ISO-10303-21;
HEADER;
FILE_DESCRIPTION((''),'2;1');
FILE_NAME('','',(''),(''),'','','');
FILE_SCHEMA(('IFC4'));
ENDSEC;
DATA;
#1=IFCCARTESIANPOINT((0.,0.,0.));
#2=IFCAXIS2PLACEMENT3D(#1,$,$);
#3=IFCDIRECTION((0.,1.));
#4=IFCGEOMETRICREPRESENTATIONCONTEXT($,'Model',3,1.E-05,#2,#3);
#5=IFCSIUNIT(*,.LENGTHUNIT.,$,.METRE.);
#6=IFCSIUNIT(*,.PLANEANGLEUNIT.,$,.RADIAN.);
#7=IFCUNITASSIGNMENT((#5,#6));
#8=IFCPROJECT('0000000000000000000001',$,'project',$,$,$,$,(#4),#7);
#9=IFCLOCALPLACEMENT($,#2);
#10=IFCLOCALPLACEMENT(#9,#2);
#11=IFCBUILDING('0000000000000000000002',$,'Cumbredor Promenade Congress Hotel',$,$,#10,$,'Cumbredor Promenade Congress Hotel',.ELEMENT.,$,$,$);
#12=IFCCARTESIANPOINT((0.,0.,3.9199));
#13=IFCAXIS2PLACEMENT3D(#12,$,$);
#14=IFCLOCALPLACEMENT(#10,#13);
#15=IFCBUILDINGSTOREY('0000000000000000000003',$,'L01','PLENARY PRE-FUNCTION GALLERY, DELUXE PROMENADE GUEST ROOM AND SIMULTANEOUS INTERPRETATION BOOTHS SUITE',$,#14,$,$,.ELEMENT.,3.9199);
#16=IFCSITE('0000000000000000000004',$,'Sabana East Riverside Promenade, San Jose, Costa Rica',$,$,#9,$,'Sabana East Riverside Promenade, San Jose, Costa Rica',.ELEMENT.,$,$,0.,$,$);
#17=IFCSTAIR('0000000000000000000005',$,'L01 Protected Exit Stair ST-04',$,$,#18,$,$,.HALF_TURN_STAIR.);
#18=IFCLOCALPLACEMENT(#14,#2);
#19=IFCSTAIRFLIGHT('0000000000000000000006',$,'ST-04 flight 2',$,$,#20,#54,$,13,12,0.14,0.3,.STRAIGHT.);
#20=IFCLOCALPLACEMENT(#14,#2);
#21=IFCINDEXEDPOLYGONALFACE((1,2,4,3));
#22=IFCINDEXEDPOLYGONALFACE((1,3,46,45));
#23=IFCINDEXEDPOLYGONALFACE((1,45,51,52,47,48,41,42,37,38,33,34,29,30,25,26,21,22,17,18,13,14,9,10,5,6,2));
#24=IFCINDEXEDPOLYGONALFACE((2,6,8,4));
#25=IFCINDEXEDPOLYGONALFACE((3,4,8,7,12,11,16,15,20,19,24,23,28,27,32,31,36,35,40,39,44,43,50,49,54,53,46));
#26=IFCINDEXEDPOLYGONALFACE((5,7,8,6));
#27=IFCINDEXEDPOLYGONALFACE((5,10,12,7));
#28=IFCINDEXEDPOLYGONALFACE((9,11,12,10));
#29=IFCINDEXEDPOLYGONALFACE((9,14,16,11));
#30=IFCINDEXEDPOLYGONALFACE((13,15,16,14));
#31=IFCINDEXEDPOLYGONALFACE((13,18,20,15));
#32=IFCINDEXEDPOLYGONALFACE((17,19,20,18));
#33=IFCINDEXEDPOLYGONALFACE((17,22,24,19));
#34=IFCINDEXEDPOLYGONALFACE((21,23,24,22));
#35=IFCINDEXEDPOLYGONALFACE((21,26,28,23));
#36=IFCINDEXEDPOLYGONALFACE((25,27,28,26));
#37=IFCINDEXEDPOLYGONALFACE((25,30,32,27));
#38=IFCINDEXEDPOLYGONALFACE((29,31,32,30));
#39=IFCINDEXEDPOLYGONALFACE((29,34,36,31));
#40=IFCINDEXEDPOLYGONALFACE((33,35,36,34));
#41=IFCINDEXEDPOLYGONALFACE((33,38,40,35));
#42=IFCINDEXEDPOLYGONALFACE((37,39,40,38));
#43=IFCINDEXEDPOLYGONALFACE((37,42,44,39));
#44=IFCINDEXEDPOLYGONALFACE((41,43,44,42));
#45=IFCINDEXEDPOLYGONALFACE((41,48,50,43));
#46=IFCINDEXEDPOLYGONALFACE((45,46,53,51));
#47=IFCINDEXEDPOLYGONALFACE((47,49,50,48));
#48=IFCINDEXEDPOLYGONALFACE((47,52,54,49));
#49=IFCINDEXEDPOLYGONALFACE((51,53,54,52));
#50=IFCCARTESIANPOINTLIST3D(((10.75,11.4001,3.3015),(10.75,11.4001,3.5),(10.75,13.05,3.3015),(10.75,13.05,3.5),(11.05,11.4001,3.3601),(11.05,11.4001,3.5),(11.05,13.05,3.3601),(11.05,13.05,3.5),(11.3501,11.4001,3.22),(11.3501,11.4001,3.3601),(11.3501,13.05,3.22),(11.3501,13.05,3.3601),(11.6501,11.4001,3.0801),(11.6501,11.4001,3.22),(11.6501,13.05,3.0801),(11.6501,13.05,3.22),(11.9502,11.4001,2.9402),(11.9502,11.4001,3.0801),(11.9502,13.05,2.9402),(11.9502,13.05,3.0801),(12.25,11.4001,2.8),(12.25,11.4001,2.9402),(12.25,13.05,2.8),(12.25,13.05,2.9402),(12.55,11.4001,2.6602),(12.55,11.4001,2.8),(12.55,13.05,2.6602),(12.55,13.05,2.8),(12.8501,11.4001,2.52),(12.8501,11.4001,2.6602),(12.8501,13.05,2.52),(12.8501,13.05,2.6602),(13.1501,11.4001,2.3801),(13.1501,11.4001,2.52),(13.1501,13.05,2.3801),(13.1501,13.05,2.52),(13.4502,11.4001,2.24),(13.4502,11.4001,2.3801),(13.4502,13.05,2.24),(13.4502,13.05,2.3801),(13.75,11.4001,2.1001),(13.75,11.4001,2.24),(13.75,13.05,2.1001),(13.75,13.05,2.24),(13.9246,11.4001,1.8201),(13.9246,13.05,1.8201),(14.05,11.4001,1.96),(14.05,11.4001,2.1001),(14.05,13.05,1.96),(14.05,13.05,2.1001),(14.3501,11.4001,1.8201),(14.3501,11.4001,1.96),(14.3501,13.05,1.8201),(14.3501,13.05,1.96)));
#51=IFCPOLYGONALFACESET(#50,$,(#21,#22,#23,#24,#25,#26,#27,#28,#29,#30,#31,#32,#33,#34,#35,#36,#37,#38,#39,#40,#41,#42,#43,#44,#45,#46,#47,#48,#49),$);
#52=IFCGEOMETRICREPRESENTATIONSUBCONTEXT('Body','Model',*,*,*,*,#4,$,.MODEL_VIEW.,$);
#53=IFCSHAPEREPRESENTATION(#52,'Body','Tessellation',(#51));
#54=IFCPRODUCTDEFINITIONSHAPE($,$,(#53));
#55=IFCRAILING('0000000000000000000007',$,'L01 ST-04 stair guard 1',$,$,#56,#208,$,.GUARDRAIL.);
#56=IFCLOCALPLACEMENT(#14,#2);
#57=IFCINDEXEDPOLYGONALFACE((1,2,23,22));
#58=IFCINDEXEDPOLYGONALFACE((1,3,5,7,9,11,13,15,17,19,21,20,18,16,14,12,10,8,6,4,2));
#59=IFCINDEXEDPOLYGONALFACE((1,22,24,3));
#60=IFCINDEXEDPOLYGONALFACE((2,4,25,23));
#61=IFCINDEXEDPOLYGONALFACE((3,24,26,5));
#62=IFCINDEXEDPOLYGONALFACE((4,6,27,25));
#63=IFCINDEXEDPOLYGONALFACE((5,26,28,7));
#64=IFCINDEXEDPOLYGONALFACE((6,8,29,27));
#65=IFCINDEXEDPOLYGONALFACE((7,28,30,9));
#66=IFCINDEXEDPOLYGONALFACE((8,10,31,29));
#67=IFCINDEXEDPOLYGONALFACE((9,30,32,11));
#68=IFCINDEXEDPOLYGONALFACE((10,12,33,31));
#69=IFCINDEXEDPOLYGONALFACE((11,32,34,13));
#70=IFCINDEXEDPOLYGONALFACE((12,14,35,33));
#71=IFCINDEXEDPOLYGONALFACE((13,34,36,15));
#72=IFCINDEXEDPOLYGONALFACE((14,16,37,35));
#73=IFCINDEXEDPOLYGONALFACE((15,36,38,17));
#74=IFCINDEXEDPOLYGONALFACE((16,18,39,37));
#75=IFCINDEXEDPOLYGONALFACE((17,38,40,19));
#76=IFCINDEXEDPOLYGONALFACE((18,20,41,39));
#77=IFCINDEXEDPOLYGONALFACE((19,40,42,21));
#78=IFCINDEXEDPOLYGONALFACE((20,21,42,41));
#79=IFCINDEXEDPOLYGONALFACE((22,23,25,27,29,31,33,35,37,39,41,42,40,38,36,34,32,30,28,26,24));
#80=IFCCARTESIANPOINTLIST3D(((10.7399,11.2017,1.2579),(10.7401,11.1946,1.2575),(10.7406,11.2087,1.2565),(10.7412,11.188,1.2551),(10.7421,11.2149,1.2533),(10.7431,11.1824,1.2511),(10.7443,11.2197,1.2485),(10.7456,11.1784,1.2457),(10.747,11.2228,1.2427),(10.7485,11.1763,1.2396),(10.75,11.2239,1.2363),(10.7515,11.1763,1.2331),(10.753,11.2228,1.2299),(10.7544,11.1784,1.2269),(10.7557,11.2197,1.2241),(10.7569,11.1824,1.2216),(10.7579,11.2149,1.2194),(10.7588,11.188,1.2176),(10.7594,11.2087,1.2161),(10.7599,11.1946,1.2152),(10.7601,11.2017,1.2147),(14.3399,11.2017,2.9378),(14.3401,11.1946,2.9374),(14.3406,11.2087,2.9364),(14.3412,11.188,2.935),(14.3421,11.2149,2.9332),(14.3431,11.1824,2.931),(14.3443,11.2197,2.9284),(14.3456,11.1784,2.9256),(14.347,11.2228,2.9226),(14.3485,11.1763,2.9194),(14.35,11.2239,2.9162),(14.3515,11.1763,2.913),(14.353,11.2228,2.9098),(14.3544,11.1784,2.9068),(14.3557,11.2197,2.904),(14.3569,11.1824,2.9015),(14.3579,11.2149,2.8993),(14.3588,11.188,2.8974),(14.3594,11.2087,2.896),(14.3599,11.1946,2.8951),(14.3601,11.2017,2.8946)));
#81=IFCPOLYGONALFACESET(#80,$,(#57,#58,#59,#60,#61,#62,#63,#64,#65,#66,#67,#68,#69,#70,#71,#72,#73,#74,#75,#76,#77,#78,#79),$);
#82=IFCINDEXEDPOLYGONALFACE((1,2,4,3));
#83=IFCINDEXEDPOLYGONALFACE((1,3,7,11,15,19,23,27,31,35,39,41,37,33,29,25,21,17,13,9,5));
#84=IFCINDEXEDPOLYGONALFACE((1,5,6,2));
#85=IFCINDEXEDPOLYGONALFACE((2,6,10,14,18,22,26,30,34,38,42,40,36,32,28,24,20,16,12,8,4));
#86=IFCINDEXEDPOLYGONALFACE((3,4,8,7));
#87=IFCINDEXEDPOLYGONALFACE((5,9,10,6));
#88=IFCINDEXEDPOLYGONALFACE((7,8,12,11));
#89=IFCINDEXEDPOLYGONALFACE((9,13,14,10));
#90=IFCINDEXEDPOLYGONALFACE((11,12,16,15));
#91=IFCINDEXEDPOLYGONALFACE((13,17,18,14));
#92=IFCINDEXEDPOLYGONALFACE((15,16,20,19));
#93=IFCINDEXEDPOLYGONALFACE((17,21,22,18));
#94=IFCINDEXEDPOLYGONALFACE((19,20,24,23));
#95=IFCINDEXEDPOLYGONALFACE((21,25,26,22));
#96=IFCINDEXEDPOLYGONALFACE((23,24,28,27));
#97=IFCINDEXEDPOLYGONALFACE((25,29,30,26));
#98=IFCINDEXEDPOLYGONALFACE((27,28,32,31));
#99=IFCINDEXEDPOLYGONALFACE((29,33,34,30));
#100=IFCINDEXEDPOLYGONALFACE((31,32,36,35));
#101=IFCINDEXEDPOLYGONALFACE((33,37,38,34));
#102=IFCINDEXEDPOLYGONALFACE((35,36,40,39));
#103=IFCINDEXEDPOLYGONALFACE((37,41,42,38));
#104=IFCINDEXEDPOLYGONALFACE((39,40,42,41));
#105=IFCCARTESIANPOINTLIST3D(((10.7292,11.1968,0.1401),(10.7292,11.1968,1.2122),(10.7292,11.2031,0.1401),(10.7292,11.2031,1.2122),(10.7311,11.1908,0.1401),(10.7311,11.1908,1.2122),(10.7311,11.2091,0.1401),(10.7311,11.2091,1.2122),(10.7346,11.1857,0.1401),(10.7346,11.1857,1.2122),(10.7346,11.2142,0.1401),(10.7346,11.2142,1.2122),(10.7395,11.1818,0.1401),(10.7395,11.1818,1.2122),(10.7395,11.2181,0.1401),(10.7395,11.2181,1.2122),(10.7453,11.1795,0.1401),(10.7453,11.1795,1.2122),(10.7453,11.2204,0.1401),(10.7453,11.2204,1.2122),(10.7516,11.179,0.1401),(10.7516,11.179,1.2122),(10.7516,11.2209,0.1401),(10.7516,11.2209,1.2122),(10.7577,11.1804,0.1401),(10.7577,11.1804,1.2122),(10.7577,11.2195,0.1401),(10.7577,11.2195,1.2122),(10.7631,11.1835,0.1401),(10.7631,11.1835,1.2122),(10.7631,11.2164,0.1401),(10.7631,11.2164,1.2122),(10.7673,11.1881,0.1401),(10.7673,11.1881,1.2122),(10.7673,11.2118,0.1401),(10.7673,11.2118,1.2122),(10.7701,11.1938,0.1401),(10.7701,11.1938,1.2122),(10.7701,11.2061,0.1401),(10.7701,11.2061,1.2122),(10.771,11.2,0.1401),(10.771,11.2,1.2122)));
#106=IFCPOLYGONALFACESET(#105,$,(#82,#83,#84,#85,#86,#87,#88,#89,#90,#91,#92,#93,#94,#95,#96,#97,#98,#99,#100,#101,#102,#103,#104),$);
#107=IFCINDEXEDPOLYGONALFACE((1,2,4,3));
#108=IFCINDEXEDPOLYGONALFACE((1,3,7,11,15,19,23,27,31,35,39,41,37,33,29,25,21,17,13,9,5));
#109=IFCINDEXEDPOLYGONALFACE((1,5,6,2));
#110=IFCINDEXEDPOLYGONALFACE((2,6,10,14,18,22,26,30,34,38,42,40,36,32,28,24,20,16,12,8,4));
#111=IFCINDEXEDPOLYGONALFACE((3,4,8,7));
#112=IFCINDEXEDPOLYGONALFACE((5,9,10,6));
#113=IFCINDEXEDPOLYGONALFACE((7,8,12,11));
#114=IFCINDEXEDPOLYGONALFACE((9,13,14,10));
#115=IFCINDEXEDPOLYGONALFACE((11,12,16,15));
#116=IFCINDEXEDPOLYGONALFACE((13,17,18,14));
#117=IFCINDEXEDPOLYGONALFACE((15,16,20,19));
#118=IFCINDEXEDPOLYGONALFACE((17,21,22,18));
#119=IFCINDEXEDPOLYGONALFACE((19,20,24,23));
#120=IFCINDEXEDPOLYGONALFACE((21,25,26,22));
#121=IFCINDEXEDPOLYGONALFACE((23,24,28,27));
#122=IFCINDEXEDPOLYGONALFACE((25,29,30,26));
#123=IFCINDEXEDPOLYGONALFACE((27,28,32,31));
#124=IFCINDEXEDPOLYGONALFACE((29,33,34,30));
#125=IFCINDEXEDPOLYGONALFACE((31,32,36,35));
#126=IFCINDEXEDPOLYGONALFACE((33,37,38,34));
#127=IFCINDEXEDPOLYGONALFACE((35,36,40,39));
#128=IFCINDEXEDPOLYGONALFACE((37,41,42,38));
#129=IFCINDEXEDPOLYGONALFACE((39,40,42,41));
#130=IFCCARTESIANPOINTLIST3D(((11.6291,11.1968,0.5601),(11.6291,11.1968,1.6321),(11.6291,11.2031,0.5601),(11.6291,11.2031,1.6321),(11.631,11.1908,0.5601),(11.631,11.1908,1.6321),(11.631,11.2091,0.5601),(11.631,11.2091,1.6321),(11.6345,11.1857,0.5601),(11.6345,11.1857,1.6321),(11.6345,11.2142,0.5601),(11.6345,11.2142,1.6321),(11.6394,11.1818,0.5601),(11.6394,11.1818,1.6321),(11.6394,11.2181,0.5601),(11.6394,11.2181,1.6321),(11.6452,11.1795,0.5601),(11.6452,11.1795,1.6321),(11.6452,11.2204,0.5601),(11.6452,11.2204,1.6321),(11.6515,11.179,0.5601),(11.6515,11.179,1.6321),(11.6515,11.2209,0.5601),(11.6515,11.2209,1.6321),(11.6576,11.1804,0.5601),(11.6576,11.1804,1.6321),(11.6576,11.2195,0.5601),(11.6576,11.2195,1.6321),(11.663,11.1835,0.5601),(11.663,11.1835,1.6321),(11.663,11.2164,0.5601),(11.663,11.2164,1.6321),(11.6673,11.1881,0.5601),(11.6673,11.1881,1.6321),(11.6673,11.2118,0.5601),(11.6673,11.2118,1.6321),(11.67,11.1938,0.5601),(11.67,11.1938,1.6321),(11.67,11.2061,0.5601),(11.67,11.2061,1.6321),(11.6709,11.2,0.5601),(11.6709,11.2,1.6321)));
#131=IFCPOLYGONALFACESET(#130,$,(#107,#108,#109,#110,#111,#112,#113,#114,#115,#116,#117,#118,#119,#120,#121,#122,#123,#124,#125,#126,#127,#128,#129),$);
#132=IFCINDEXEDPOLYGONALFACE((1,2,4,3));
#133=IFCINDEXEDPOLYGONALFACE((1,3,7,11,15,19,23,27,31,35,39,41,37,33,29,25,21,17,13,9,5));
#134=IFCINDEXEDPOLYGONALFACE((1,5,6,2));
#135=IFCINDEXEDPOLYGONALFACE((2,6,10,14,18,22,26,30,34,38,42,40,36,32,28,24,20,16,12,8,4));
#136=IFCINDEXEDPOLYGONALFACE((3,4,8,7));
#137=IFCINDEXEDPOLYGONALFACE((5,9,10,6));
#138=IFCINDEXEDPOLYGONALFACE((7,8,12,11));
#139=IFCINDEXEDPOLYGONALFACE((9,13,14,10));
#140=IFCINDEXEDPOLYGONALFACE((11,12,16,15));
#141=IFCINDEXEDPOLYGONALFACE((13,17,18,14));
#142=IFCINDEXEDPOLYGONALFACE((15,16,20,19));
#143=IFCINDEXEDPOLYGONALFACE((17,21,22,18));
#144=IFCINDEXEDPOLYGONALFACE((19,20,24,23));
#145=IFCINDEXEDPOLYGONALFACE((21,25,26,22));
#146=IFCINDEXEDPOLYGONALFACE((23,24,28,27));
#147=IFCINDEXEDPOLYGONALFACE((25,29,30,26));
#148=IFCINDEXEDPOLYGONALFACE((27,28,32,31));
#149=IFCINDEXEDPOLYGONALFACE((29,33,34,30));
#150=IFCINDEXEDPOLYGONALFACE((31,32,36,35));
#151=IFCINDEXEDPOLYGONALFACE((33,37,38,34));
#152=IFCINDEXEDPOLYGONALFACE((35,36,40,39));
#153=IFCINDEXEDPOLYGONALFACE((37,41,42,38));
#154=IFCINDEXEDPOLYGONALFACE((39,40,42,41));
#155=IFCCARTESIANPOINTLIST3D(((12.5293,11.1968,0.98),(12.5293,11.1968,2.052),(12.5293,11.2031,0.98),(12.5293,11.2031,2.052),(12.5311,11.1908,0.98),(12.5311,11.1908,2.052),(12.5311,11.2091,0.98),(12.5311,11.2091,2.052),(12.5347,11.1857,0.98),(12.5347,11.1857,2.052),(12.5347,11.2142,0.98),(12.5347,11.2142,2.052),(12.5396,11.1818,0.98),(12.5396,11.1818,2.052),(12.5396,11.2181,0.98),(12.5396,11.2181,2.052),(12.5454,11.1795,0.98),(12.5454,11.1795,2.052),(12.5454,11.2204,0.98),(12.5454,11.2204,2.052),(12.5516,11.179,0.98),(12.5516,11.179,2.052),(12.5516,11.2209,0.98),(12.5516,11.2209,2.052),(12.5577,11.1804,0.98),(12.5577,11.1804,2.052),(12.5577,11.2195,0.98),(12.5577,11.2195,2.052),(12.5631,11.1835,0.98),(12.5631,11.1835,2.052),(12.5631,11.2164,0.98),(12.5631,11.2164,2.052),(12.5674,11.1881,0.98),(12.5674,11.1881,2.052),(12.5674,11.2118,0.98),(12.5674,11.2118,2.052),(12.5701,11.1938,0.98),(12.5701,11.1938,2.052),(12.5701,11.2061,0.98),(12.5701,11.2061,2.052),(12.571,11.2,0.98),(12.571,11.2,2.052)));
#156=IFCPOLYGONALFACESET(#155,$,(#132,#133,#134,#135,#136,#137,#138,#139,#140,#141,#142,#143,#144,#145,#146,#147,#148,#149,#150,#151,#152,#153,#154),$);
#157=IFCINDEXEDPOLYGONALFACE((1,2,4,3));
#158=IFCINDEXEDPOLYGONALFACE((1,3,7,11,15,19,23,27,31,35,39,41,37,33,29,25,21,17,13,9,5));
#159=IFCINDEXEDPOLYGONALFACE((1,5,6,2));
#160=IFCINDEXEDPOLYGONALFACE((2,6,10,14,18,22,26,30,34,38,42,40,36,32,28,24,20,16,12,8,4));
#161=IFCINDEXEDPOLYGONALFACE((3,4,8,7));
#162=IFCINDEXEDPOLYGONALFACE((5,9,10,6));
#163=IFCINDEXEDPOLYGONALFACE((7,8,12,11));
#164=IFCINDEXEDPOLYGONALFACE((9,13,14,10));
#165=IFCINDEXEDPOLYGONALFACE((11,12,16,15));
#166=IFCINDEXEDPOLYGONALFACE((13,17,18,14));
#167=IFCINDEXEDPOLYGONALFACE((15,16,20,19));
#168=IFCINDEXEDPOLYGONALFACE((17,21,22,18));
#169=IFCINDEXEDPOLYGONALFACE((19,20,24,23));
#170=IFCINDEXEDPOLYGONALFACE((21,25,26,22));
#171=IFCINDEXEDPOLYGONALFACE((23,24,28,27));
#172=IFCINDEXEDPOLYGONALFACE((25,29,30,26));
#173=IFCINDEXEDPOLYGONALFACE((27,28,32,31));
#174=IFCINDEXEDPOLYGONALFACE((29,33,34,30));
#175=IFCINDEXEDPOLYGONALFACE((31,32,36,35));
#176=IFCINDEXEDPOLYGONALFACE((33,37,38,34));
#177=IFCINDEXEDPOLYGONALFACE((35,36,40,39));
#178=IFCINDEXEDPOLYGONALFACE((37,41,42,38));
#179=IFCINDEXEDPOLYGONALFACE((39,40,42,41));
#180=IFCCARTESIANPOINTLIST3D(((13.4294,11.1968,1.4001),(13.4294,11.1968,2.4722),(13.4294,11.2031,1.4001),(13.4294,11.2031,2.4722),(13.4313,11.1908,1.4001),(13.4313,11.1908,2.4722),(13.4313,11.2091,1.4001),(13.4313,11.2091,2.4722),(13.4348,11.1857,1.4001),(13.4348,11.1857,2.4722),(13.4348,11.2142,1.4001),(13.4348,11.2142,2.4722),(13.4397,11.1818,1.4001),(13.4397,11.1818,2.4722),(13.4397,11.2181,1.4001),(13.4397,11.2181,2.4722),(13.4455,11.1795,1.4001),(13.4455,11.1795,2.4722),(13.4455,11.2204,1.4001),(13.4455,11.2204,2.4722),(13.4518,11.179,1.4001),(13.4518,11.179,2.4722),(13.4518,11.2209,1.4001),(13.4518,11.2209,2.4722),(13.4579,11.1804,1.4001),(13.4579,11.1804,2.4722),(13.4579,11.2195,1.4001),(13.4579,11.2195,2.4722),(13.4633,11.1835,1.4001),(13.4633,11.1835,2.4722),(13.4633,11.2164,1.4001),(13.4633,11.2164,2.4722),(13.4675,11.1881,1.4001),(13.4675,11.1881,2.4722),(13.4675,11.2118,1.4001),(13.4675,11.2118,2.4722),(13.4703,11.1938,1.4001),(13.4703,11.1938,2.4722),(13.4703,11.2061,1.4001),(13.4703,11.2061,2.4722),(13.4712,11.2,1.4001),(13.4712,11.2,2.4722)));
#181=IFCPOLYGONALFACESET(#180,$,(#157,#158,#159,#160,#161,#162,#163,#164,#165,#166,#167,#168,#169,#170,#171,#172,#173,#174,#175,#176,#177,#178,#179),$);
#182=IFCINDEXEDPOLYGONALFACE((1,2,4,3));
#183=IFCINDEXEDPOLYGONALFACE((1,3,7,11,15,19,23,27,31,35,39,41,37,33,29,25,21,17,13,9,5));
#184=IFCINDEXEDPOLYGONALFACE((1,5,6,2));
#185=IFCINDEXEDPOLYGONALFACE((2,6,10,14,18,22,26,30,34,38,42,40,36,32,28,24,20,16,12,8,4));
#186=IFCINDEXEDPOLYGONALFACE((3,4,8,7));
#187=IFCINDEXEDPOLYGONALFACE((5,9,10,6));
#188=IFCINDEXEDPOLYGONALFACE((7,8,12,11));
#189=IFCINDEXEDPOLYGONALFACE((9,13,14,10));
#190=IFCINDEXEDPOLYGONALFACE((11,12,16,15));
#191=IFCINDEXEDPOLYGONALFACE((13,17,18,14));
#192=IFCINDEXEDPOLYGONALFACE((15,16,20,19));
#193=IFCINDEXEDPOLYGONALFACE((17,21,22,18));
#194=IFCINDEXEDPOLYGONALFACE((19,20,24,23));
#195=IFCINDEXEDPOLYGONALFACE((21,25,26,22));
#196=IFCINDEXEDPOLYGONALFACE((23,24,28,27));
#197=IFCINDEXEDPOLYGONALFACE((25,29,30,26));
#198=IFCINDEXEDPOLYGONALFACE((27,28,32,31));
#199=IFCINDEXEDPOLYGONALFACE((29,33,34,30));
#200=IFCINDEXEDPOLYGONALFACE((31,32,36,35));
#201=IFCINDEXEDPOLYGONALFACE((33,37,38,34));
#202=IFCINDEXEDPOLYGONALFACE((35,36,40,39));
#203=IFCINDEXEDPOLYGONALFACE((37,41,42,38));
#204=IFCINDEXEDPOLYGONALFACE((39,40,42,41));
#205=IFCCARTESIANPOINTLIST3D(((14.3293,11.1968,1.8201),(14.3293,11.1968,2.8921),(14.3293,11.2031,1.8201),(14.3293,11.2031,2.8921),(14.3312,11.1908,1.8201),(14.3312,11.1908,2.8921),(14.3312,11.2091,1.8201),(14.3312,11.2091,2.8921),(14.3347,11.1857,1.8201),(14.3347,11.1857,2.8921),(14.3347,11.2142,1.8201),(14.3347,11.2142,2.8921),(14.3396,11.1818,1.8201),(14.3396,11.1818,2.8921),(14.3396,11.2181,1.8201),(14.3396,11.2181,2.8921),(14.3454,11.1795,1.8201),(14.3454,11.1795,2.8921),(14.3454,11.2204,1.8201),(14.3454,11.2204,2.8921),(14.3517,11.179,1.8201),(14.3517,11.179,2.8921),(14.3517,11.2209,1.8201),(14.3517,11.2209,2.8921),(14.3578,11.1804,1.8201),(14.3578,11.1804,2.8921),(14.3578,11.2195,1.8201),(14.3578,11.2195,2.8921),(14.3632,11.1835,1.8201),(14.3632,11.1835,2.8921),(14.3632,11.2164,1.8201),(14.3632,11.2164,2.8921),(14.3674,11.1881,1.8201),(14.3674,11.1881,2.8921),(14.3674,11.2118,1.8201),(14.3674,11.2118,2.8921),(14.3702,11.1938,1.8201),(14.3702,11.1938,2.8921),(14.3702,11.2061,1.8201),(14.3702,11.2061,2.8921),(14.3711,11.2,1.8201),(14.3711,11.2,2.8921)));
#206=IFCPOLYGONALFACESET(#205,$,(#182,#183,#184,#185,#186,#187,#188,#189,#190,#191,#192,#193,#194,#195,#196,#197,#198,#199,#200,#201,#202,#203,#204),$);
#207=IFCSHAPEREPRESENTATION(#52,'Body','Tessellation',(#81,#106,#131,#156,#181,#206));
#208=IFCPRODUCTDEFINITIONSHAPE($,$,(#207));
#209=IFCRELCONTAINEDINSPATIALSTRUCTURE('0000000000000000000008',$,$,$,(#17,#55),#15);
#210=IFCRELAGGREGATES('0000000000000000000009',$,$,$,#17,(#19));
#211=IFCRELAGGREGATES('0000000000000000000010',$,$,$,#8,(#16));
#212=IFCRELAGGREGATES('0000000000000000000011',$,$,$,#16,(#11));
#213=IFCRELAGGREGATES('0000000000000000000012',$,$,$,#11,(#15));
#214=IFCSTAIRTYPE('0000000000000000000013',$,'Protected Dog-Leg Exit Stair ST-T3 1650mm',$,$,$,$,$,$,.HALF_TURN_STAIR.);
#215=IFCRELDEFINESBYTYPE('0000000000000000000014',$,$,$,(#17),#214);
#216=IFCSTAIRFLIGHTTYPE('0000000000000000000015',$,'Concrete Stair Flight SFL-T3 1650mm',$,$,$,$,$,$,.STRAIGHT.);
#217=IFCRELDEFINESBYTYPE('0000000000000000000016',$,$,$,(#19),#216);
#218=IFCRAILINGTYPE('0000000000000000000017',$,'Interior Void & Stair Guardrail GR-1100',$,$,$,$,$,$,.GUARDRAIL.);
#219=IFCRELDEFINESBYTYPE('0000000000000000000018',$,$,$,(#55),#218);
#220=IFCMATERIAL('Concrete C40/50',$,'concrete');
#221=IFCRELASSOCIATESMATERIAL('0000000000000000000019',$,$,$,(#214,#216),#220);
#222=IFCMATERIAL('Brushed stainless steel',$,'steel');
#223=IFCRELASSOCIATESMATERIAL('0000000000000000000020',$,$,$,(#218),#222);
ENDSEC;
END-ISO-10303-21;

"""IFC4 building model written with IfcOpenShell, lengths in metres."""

from ifc_helpers import new_model, si_unit, direction, frame, origin, origin_2d, place, context, subcontext, project, spatial, polyline, circle, outline, extrude, material, type_object, element, aggregate, save


model = new_model("IFC4")

# Units and contexts
model_context = context("Model", 3, precision=1e-05, world=origin(), true_north=direction((0.0, 1.0)))
body_context = subcontext(model_context, "Body", "Model", "MODEL_VIEW")
ifc_project = project(units=[si_unit("LENGTHUNIT", "METRE"), si_unit("PLANEANGLEUNIT", "RADIAN")], contexts=[model_context])

# Site, building, storey
site_placement = place(None, origin())
site = spatial("IfcSite", under=ifc_project, at=site_placement, Name="Sabana East Riverside Promenade, San Jose, Costa Rica", LongName="Sabana East Riverside Promenade, San Jose, Costa Rica", CompositionType="ELEMENT", RefElevation=0.0)
building_placement = place(site_placement, origin())
building = spatial("IfcBuilding", under=site, at=building_placement, Name="Cumbredor Promenade Congress Hotel", LongName="Cumbredor Promenade Congress Hotel", CompositionType="ELEMENT")
storey_placement = place(building_placement, frame((0.0, 0.0, 3.9199)))
storey = spatial("IfcBuildingStorey", under=building, at=storey_placement, Name="L01", Description="PLENARY PRE-FUNCTION GALLERY, DELUXE PROMENADE GUEST ROOM AND SIMULTANEOUS INTERPRETATION BOOTHS SUITE", CompositionType="ELEMENT", Elevation=3.9199)

# Shared definitions
ifc_material_1 = material(Name="Concrete C40/50", Category="concrete")

# Stair, stair flight
stair_type = type_object("IfcStairType", Name="Protected Dog-Leg Exit Stair ST-T3 1650mm", PredefinedType="HALF_TURN_STAIR", material=ifc_material_1)
stair_placement = place(storey_placement, origin())
stair = element("IfcStair", 1, at=stair_placement, inside=storey, type_object=stair_type, Name="L01 Protected Exit Stair ST-04", PredefinedType="HALF_TURN_STAIR")
stair_flight_type = type_object("IfcStairFlightType", Name="Concrete Stair Flight SFL-T3 1650mm", PredefinedType="STRAIGHT", material=ifc_material_1)
stair_flight_placement = place(storey_placement, frame((14.3501, 12.2251, 1.8201), z_axis=(0.0, 0.0, 1.0), x_axis=(-1.0, 0.0, 0.0)))
stair_flight = element("IfcStairFlight", 2, at=stair_flight_placement, type_object=stair_flight_type, Name="ST-04 flight 2", NumberOfRisers=13, NumberOfTreads=12, PredefinedType="STRAIGHT", RiserHeight=0.14, TreadLength=0.3, context=body_context, shape_type="SweptSolid", body=[
    extrude(outline(polyline([(0.0, 0.0), (0.0, 0.1399), (0.3, 0.1399), (0.3, 0.28), (0.6001, 0.28), (0.6001, 0.4199), (0.8999, 0.4199), (0.8999, 0.5601), (1.2, 0.5601), (1.2, 0.7), (1.5, 0.7), (1.5, 0.8401), (1.8, 0.8401), (1.8, 0.98), (2.1001, 0.98), (2.1001, 1.1201), (2.3999, 1.1201), (2.3999, 1.26), (2.7, 1.26), (2.7, 1.3999), (3.0, 1.3999), (3.0, 1.54), (3.3, 1.54), (3.3, 1.6799), (3.6001, 1.6799), (3.6001, 1.8201), (3.6001, 1.4814), (0.4255, 0.0), (0.0, 0.0)])), frame((0.0, 0.825, 0.0), z_axis=(0.0, -1.0, 0.0), x_axis=(1.0, 0.0, 0.0)), (0.0, 0.0, 1.0), 1.6499),
])
aggregate(stair, [stair_flight])

# Railing
ifc_material_2 = material(Name="Brushed stainless steel", Category="steel")
railing_type = type_object("IfcRailingType", Name="Interior Void & Stair Guardrail GR-1100", PredefinedType="GUARDRAIL", material=ifc_material_2)
railing_1_placement = place(storey_placement, frame((10.75, 11.2, 0.1401)))
element("IfcRailing", 3, at=railing_1_placement, inside=storey, type_object=railing_type, Name="L01 ST-04 stair guard 1", PredefinedType="GUARDRAIL", context=body_context, shape_type="SweptSolid", body=[
    extrude(circle(Radius=0.0239, at=origin_2d()), frame((0.0, 0.0, 1.0962), z_axis=(0.906194, 0.0, 0.422862), x_axis=(0.0, 1.0, 0.0)), (0.0, 0.0, 1.0), 3.9727),
    extrude(circle(Radius=0.021, at=origin_2d()), origin(), (0.0, 0.0, 1.0), 1.072),
    extrude(circle(Radius=0.021, at=origin_2d()), frame((0.8999, 0.0, 0.4199)), (0.0, 0.0, 1.0), 1.072),
    extrude(circle(Radius=0.021, at=origin_2d()), frame((1.8, 0.0, 0.8398)), (0.0, 0.0, 1.0), 1.072),
    extrude(circle(Radius=0.021, at=origin_2d()), frame((2.7002, 0.0, 1.26)), (0.0, 0.0, 1.0), 1.072),
    extrude(circle(Radius=0.021, at=origin_2d()), frame((3.6001, 0.0, 1.6799)), (0.0, 0.0, 1.0), 1.072),
])

save(model, "model.ifc")
